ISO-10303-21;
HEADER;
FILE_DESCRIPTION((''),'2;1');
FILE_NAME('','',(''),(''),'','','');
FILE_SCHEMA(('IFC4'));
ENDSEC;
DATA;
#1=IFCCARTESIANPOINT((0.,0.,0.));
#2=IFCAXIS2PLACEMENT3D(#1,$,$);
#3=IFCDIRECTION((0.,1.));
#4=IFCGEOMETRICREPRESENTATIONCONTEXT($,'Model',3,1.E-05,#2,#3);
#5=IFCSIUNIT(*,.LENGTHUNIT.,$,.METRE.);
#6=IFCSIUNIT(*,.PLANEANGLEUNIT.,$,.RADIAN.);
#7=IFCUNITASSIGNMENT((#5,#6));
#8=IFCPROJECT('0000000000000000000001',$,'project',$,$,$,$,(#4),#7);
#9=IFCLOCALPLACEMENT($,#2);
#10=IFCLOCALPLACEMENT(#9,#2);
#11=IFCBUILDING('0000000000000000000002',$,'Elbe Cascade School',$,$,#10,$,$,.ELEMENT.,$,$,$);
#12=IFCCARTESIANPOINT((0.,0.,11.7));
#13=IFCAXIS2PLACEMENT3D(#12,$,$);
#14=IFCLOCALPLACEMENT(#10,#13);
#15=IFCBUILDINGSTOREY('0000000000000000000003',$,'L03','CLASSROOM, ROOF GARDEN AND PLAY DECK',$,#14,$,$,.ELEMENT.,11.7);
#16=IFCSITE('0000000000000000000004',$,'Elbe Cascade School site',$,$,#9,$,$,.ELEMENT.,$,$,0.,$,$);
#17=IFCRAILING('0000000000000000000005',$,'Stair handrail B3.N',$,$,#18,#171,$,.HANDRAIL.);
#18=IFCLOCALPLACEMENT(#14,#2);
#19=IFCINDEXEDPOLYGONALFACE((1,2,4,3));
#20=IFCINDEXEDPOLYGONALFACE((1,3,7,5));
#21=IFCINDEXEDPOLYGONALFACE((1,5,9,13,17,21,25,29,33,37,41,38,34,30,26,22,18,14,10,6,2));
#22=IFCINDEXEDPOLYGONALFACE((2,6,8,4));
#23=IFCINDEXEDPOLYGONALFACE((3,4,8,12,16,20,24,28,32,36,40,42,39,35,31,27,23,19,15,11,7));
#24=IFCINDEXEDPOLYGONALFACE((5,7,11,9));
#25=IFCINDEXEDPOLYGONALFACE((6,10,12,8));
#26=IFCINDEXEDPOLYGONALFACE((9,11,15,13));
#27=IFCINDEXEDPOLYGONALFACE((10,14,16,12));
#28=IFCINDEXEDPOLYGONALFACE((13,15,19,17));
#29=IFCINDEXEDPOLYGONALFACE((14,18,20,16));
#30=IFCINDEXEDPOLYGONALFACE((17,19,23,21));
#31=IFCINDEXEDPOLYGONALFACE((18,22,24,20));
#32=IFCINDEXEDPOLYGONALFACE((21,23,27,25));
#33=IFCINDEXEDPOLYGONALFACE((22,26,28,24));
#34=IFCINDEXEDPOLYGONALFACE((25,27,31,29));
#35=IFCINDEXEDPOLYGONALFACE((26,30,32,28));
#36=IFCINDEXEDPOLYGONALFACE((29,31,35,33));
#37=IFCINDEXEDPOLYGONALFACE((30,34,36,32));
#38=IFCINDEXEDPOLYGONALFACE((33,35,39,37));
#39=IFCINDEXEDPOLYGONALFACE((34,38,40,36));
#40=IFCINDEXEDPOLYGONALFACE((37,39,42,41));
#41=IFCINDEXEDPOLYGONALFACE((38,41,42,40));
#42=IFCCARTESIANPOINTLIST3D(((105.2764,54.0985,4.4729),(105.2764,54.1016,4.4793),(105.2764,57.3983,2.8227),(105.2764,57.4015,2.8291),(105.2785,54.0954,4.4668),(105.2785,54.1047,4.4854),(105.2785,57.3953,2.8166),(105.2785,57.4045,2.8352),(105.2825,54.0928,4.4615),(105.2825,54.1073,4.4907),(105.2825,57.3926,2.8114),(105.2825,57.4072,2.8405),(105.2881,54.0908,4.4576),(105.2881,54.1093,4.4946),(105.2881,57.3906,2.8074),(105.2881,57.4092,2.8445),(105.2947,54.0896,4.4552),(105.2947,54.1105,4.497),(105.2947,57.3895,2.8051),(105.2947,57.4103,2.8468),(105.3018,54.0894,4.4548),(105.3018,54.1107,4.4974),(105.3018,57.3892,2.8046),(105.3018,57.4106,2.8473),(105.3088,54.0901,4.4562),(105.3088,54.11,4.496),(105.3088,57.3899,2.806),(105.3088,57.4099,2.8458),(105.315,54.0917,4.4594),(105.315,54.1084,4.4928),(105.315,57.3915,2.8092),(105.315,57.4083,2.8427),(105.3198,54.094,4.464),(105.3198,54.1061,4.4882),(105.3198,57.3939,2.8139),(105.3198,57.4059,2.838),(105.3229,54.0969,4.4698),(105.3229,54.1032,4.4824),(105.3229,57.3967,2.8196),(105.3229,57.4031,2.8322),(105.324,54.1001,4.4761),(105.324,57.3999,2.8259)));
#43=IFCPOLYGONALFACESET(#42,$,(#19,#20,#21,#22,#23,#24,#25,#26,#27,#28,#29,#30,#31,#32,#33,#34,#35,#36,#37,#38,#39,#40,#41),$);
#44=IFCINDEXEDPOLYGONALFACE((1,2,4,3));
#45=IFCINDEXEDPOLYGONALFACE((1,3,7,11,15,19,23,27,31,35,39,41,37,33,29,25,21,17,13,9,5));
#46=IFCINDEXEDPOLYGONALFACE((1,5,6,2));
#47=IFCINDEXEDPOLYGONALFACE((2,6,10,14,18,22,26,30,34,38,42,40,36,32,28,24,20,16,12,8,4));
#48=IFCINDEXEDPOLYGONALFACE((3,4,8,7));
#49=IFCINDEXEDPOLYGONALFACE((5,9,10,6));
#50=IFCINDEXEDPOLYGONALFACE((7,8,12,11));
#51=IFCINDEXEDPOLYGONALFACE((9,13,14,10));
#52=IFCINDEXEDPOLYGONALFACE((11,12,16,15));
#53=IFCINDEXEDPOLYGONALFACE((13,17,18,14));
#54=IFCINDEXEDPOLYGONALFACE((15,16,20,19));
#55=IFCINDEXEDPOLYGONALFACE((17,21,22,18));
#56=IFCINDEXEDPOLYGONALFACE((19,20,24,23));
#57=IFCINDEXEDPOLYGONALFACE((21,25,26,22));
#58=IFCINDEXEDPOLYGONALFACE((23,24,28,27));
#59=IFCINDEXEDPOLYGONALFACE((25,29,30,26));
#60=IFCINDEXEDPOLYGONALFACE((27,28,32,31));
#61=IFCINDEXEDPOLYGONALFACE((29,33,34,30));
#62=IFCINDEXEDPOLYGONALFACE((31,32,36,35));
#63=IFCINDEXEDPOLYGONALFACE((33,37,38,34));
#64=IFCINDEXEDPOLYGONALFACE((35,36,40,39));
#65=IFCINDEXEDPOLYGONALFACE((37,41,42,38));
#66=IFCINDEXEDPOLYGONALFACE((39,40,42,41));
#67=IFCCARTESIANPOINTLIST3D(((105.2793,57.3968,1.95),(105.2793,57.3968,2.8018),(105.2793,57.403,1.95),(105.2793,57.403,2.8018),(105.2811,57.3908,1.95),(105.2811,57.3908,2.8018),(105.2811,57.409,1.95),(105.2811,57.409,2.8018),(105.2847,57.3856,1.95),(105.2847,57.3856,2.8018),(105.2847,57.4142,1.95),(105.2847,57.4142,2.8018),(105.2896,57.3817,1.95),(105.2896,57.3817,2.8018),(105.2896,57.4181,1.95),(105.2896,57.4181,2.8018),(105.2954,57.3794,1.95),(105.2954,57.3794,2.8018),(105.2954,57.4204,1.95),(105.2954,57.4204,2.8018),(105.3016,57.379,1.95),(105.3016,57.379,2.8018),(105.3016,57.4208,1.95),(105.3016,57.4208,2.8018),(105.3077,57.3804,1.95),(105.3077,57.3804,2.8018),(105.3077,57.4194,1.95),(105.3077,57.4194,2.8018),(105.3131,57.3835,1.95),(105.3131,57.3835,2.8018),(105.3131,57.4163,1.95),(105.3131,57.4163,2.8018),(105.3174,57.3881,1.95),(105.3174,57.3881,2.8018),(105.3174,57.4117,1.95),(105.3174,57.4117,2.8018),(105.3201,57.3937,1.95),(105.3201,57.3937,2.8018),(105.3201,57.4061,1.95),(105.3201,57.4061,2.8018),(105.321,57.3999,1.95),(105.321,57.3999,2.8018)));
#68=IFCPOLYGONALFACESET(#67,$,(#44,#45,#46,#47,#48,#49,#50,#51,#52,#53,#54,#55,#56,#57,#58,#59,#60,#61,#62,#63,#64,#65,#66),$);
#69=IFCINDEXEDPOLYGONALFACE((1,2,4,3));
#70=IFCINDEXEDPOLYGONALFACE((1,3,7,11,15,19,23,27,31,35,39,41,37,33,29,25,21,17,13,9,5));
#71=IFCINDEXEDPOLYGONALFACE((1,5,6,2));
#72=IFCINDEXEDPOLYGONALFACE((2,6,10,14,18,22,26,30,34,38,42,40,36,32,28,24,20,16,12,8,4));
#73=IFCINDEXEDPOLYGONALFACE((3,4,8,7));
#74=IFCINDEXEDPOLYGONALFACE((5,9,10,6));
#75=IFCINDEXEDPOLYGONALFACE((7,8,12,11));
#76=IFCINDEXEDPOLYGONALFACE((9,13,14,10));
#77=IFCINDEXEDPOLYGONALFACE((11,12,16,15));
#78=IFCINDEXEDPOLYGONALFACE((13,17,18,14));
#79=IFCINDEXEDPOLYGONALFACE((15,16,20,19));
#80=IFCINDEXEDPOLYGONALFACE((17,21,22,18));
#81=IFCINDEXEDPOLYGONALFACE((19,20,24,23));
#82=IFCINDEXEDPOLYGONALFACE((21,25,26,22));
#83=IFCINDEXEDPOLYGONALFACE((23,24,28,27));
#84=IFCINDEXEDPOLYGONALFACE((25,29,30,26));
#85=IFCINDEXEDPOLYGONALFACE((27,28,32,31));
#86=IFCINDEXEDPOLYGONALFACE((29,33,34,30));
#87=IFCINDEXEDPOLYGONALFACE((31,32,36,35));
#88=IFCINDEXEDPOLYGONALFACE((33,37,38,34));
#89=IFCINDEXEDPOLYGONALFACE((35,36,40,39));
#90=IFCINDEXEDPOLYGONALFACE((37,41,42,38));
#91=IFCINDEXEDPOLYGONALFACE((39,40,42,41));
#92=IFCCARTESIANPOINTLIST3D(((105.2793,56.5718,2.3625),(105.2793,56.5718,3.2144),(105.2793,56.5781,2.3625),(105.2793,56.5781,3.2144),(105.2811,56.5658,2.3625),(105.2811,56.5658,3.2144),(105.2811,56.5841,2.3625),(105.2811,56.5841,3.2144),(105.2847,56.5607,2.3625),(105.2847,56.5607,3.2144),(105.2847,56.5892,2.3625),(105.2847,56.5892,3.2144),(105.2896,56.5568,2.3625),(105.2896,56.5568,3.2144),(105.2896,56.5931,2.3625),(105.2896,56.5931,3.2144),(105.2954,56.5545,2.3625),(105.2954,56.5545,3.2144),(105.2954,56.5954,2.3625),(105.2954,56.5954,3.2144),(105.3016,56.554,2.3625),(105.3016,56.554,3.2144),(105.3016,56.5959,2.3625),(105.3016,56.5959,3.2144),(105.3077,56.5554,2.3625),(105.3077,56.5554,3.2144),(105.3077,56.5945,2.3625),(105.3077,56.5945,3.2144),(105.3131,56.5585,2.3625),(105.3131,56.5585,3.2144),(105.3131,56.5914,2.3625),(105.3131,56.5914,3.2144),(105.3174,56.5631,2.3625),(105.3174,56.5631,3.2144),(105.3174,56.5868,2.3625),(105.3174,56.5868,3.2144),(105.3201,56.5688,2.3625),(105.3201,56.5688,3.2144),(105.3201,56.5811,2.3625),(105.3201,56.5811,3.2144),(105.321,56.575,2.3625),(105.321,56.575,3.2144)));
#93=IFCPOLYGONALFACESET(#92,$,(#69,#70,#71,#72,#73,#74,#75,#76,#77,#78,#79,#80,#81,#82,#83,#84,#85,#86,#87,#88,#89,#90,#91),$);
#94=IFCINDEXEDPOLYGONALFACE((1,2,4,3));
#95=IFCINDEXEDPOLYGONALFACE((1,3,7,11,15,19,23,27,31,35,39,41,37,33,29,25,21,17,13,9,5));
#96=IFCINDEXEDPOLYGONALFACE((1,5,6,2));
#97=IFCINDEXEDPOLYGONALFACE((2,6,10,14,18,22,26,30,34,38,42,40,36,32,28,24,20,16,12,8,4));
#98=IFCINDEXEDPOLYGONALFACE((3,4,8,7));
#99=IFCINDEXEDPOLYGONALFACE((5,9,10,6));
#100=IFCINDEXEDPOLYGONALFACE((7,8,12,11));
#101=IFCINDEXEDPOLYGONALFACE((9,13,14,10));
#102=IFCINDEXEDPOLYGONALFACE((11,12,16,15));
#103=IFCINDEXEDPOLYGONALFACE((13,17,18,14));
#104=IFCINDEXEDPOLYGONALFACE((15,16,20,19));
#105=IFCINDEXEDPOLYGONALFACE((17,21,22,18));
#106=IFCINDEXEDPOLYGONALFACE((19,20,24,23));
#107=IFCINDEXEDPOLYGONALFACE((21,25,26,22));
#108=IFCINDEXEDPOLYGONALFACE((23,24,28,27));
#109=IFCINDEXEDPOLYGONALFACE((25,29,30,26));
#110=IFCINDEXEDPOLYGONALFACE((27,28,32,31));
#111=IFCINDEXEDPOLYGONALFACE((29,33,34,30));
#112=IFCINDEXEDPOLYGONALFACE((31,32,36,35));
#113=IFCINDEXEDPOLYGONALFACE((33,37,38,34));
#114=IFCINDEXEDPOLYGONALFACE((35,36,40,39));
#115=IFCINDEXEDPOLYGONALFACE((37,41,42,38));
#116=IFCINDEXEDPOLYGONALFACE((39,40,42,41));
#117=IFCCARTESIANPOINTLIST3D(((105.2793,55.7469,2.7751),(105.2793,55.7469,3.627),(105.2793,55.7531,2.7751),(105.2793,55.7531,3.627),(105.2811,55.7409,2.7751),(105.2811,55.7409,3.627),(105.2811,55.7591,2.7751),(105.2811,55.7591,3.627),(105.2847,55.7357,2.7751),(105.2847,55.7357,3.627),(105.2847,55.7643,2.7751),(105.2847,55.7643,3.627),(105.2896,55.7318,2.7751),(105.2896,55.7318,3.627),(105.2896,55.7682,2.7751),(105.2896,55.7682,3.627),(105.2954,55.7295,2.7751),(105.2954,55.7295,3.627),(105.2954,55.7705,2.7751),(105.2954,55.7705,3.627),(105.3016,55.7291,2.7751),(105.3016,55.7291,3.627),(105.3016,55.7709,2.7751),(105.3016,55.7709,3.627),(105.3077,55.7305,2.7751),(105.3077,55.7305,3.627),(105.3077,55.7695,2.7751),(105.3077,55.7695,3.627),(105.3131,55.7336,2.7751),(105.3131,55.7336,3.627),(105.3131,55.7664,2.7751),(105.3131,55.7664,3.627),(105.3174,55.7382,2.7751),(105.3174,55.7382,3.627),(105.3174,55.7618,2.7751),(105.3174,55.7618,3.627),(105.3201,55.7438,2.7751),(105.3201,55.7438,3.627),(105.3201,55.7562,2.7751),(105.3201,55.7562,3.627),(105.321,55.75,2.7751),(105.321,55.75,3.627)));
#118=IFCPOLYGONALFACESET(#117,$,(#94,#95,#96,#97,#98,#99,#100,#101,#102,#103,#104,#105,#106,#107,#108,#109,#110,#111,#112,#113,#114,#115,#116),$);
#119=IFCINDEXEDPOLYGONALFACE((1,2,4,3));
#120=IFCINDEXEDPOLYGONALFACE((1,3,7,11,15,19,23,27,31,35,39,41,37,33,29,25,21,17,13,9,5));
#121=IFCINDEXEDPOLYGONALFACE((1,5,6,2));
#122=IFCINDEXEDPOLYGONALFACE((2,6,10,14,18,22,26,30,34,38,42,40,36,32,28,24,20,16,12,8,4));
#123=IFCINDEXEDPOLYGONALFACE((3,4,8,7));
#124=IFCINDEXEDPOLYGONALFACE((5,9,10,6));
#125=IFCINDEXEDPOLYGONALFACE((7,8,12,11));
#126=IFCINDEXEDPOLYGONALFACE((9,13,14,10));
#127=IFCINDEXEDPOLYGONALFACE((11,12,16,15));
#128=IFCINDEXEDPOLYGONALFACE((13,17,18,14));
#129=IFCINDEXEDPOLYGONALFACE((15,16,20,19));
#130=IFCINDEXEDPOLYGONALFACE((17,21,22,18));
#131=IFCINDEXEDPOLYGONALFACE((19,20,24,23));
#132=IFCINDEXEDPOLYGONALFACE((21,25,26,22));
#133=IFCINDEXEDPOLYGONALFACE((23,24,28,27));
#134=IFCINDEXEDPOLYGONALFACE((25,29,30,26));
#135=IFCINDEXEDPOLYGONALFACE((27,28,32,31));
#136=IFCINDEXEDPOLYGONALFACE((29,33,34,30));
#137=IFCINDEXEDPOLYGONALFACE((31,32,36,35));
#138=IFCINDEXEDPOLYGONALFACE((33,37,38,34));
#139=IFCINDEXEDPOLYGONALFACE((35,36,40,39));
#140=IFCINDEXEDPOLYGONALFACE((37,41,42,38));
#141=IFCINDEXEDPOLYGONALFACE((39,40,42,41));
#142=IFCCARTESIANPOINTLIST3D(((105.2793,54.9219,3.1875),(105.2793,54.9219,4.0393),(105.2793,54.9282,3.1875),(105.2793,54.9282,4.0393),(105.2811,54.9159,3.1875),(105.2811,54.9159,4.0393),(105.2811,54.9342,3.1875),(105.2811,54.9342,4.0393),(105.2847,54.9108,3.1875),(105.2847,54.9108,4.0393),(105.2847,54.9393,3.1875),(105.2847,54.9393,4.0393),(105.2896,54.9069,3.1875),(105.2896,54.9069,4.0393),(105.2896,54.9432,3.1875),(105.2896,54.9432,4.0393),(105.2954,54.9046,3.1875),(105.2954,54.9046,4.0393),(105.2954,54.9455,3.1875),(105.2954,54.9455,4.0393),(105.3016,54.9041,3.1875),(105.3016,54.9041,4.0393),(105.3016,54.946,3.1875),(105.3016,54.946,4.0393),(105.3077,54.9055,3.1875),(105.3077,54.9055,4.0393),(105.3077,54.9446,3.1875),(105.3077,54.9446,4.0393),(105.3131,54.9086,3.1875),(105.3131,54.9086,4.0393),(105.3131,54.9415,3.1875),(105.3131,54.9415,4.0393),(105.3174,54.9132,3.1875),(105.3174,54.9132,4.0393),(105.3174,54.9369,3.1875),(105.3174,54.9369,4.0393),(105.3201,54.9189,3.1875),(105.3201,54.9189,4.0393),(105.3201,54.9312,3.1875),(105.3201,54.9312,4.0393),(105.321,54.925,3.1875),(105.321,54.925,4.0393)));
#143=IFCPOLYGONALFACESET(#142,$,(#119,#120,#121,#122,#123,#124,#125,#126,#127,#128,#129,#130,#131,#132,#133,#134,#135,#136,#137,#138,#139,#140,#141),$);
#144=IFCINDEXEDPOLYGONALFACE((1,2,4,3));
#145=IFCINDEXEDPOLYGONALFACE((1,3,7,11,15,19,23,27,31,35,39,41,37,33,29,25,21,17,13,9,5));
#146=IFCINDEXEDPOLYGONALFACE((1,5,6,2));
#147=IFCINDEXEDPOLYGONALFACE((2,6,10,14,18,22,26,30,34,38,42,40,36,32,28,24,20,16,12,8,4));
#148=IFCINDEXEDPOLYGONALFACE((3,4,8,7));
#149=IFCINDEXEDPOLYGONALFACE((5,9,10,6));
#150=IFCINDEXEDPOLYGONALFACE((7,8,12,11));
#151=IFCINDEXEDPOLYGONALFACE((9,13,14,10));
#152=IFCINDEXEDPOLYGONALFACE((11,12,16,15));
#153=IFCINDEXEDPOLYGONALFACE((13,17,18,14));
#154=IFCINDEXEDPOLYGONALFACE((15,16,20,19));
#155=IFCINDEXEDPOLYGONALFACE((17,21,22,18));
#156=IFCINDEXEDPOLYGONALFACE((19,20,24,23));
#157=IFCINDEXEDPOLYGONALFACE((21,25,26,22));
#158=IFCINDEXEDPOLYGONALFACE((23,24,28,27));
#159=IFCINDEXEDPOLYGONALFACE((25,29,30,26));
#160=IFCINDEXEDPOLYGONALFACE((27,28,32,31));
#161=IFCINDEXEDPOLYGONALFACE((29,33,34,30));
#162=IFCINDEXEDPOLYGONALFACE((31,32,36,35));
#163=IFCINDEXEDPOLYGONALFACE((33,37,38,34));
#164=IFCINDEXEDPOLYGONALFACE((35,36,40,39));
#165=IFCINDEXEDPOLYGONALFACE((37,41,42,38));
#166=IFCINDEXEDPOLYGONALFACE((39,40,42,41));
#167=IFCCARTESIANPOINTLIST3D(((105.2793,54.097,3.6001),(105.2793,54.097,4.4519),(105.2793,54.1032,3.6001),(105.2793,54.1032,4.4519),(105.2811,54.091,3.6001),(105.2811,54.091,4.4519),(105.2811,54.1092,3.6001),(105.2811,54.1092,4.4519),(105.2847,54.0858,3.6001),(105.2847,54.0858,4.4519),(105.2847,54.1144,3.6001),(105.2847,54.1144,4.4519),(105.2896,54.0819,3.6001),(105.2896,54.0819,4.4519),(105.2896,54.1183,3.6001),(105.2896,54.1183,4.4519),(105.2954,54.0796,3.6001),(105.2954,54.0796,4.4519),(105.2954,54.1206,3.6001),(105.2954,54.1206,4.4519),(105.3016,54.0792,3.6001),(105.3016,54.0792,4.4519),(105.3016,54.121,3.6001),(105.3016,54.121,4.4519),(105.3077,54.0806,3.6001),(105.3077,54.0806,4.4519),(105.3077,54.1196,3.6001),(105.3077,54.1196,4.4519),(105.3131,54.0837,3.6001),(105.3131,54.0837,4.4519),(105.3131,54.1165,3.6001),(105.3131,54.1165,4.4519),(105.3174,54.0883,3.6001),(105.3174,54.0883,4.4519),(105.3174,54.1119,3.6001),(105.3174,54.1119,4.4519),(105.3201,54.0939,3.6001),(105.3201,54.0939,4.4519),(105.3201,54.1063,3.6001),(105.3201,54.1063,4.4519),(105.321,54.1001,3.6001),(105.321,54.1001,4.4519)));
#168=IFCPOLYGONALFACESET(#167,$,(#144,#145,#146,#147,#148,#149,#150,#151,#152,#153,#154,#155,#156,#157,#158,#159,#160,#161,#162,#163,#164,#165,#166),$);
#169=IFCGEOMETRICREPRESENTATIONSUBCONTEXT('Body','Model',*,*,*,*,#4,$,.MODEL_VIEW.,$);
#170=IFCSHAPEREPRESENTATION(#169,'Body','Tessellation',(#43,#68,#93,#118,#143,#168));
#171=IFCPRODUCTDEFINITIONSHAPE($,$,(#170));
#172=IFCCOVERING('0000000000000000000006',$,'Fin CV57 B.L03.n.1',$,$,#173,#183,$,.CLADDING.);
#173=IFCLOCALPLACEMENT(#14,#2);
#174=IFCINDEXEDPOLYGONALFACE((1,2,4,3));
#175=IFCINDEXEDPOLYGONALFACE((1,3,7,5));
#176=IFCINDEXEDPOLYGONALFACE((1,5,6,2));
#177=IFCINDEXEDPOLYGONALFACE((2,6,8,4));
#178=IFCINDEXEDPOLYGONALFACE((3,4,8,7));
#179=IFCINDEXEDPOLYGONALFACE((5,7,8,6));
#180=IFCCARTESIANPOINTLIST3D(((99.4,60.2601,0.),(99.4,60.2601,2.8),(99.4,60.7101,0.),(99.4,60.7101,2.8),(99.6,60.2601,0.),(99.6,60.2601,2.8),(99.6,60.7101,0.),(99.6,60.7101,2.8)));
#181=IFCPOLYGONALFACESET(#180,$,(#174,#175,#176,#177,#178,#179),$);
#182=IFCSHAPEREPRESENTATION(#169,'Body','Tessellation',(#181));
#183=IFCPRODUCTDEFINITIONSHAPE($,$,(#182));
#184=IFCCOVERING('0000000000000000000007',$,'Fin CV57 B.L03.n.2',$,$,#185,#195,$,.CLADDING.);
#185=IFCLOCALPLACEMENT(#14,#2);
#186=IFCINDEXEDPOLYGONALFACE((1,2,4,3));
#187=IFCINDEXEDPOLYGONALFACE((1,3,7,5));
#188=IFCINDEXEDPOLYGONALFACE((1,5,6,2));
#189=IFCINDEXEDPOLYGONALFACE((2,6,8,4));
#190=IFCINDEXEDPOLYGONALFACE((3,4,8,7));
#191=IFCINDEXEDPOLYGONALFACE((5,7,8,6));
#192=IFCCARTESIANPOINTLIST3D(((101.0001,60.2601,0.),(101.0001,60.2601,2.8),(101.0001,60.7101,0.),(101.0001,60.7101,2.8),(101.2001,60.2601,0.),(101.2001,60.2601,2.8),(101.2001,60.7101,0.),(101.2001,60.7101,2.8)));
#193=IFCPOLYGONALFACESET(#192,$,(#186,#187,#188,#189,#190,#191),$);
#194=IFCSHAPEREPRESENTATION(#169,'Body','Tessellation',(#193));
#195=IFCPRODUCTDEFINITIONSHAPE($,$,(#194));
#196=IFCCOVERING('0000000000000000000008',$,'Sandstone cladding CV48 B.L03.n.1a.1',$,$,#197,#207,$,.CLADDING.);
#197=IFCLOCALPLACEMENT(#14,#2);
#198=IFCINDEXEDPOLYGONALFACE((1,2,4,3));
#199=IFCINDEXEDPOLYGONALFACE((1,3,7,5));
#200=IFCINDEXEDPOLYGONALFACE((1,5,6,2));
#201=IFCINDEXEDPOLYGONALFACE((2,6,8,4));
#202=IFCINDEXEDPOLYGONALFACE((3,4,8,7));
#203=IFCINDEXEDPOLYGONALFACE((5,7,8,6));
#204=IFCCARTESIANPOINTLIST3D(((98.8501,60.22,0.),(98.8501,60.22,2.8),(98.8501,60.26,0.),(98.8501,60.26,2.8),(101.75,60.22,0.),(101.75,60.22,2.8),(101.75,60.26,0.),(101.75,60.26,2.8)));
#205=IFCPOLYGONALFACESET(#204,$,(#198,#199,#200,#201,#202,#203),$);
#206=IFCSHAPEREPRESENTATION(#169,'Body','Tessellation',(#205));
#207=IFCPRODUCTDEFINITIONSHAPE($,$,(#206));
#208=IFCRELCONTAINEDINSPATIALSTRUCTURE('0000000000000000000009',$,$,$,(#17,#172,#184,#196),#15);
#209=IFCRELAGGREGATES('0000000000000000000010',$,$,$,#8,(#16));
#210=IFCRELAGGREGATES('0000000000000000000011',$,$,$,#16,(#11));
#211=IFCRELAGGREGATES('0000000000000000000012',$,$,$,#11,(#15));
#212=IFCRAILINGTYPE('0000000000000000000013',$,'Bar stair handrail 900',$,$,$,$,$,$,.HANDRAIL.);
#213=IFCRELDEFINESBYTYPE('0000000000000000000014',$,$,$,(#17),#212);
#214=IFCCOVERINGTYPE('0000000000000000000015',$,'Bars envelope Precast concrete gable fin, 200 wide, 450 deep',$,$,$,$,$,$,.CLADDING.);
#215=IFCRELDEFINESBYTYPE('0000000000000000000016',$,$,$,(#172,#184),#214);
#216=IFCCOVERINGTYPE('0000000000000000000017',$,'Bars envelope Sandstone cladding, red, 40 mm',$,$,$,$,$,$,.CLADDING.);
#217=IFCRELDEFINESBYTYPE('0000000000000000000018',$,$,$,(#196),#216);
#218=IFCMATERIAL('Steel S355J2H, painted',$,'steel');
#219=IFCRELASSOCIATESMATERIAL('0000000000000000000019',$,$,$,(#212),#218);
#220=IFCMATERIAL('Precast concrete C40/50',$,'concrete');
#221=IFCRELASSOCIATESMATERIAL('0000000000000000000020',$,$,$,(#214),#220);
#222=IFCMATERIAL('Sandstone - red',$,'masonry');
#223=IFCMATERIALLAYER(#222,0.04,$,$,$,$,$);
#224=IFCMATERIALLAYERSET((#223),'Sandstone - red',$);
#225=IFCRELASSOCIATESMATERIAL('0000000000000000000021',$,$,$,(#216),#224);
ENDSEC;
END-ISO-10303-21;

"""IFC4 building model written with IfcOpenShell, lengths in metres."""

from ifc_helpers import new_model, si_unit, direction, frame, origin, origin_2d, place, context, subcontext, project, spatial, rectangle, circle, extrude, material, layer, layer_set, type_object, element, save


model = new_model("IFC4")

# Units and contexts
model_context = context("Model", 3, precision=1e-05, world=origin(), true_north=direction((0.0, 1.0)))
body_context = subcontext(model_context, "Body", "Model", "MODEL_VIEW")
ifc_project = project(units=[si_unit("LENGTHUNIT", "METRE"), si_unit("PLANEANGLEUNIT", "RADIAN")], contexts=[model_context])

# Site, building, storey
site_placement = place(None, origin())
site = spatial("IfcSite", under=ifc_project, at=site_placement, Name="Elbe Cascade School site", CompositionType="ELEMENT", RefElevation=0.0)
building_placement = place(site_placement, origin())
building = spatial("IfcBuilding", under=site, at=building_placement, Name="Elbe Cascade School", CompositionType="ELEMENT")
storey_placement = place(building_placement, frame((0.0, 0.0, 11.7)))
storey = spatial("IfcBuildingStorey", under=building, at=storey_placement, Name="L03", Description="CLASSROOM, ROOF GARDEN AND PLAY DECK", CompositionType="ELEMENT", Elevation=11.7)

# Railing
ifc_material_1 = material(Name="Steel S355J2H, painted", Category="steel")
railing_type_1 = type_object("IfcRailingType", Name="Bar stair handrail 900", PredefinedType="HANDRAIL", material=ifc_material_1)
railing_1_placement = place(storey_placement, frame((105.3, 57.3999, 1.95)))
element("IfcRailing", 1, at=railing_1_placement, inside=storey, type_object=railing_type_1, Name="Stair handrail B3.N", PredefinedType="HANDRAIL", context=body_context, shape_type="SweptSolid", body=[
    extrude(circle(Radius=0.0239, at=origin_2d()), frame((0.0, 0.0, 0.876), z_axis=(0.0, -0.894401, 0.447267), x_axis=(1.0, 0.0, 0.0)), (0.0, 0.0, 1.0), 3.6895),
    extrude(circle(Radius=0.021, at=origin_2d()), origin(), (0.0, 0.0, 1.0), 0.8518),
    extrude(circle(Radius=0.021, at=origin_2d()), frame((0.0, -0.825, 0.4126)), (0.0, 0.0, 1.0), 0.8518),
    extrude(circle(Radius=0.021, at=origin_2d()), frame((0.0, -1.6499, 0.8252)), (0.0, 0.0, 1.0), 0.8518),
    extrude(circle(Radius=0.021, at=origin_2d()), frame((0.0, -2.4749, 1.2375)), (0.0, 0.0, 1.0), 0.8518),
    extrude(circle(Radius=0.021, at=origin_2d()), frame((0.0, -3.2998, 1.6501)), (0.0, 0.0, 1.0), 0.8518),
])

# Coverings
ifc_material_2 = material(Name="Precast concrete C40/50", Category="concrete")
covering_type_1 = type_object("IfcCoveringType", Name="Bars envelope Precast concrete gable fin, 200 wide, 450 deep", PredefinedType="CLADDING", material=ifc_material_2)
for number, where, z_axis, x_axis, name in (
    (2, (99.5, 60.4851, 0.0), (0.0, 0.0, 1.0), (1.0, 0.0, 0.0), "Fin CV57 B.L03.n.1"),
    (3, (101.1001, 60.4851, 0.0), (0.0, 0.0, 1.0), (1.0, 0.0, 0.0), "Fin CV57 B.L03.n.2"),
):
    element("IfcCovering", number, at=place(storey_placement, frame(where, z_axis=z_axis, x_axis=x_axis)), inside=storey, type_object=covering_type_1, Name=name, PredefinedType="CLADDING", context=body_context, shape_type="SweptSolid", body=[
        extrude(rectangle(XDim=0.2, YDim=0.45, at=origin_2d()), origin(), (0.0, 0.0, 1.0), 2.8),
    ])
ifc_material_3 = material(Name="Sandstone - red", Category="masonry")
ifc_layer_1 = layer(ifc_material_3, 0.04)
ifc_layer_set_1 = layer_set([ifc_layer_1], Name="Sandstone - red")
covering_type_2 = type_object("IfcCoveringType", Name="Bars envelope Sandstone cladding, red, 40 mm", PredefinedType="CLADDING", material=ifc_layer_set_1)
covering_1_placement = place(storey_placement, frame((100.3, 60.24, 0.0), z_axis=(0.0, 0.0, 1.0), x_axis=(1.0, 0.0, 0.0)))
element("IfcCovering", 4, at=covering_1_placement, inside=storey, type_object=covering_type_2, Name="Sandstone cladding CV48 B.L03.n.1a.1", PredefinedType="CLADDING", context=body_context, shape_type="SweptSolid", body=[
    extrude(rectangle(XDim=2.8999, YDim=0.04, at=origin_2d()), origin(), (0.0, 0.0, 1.0), 2.8),
])

save(model, "model.ifc")
